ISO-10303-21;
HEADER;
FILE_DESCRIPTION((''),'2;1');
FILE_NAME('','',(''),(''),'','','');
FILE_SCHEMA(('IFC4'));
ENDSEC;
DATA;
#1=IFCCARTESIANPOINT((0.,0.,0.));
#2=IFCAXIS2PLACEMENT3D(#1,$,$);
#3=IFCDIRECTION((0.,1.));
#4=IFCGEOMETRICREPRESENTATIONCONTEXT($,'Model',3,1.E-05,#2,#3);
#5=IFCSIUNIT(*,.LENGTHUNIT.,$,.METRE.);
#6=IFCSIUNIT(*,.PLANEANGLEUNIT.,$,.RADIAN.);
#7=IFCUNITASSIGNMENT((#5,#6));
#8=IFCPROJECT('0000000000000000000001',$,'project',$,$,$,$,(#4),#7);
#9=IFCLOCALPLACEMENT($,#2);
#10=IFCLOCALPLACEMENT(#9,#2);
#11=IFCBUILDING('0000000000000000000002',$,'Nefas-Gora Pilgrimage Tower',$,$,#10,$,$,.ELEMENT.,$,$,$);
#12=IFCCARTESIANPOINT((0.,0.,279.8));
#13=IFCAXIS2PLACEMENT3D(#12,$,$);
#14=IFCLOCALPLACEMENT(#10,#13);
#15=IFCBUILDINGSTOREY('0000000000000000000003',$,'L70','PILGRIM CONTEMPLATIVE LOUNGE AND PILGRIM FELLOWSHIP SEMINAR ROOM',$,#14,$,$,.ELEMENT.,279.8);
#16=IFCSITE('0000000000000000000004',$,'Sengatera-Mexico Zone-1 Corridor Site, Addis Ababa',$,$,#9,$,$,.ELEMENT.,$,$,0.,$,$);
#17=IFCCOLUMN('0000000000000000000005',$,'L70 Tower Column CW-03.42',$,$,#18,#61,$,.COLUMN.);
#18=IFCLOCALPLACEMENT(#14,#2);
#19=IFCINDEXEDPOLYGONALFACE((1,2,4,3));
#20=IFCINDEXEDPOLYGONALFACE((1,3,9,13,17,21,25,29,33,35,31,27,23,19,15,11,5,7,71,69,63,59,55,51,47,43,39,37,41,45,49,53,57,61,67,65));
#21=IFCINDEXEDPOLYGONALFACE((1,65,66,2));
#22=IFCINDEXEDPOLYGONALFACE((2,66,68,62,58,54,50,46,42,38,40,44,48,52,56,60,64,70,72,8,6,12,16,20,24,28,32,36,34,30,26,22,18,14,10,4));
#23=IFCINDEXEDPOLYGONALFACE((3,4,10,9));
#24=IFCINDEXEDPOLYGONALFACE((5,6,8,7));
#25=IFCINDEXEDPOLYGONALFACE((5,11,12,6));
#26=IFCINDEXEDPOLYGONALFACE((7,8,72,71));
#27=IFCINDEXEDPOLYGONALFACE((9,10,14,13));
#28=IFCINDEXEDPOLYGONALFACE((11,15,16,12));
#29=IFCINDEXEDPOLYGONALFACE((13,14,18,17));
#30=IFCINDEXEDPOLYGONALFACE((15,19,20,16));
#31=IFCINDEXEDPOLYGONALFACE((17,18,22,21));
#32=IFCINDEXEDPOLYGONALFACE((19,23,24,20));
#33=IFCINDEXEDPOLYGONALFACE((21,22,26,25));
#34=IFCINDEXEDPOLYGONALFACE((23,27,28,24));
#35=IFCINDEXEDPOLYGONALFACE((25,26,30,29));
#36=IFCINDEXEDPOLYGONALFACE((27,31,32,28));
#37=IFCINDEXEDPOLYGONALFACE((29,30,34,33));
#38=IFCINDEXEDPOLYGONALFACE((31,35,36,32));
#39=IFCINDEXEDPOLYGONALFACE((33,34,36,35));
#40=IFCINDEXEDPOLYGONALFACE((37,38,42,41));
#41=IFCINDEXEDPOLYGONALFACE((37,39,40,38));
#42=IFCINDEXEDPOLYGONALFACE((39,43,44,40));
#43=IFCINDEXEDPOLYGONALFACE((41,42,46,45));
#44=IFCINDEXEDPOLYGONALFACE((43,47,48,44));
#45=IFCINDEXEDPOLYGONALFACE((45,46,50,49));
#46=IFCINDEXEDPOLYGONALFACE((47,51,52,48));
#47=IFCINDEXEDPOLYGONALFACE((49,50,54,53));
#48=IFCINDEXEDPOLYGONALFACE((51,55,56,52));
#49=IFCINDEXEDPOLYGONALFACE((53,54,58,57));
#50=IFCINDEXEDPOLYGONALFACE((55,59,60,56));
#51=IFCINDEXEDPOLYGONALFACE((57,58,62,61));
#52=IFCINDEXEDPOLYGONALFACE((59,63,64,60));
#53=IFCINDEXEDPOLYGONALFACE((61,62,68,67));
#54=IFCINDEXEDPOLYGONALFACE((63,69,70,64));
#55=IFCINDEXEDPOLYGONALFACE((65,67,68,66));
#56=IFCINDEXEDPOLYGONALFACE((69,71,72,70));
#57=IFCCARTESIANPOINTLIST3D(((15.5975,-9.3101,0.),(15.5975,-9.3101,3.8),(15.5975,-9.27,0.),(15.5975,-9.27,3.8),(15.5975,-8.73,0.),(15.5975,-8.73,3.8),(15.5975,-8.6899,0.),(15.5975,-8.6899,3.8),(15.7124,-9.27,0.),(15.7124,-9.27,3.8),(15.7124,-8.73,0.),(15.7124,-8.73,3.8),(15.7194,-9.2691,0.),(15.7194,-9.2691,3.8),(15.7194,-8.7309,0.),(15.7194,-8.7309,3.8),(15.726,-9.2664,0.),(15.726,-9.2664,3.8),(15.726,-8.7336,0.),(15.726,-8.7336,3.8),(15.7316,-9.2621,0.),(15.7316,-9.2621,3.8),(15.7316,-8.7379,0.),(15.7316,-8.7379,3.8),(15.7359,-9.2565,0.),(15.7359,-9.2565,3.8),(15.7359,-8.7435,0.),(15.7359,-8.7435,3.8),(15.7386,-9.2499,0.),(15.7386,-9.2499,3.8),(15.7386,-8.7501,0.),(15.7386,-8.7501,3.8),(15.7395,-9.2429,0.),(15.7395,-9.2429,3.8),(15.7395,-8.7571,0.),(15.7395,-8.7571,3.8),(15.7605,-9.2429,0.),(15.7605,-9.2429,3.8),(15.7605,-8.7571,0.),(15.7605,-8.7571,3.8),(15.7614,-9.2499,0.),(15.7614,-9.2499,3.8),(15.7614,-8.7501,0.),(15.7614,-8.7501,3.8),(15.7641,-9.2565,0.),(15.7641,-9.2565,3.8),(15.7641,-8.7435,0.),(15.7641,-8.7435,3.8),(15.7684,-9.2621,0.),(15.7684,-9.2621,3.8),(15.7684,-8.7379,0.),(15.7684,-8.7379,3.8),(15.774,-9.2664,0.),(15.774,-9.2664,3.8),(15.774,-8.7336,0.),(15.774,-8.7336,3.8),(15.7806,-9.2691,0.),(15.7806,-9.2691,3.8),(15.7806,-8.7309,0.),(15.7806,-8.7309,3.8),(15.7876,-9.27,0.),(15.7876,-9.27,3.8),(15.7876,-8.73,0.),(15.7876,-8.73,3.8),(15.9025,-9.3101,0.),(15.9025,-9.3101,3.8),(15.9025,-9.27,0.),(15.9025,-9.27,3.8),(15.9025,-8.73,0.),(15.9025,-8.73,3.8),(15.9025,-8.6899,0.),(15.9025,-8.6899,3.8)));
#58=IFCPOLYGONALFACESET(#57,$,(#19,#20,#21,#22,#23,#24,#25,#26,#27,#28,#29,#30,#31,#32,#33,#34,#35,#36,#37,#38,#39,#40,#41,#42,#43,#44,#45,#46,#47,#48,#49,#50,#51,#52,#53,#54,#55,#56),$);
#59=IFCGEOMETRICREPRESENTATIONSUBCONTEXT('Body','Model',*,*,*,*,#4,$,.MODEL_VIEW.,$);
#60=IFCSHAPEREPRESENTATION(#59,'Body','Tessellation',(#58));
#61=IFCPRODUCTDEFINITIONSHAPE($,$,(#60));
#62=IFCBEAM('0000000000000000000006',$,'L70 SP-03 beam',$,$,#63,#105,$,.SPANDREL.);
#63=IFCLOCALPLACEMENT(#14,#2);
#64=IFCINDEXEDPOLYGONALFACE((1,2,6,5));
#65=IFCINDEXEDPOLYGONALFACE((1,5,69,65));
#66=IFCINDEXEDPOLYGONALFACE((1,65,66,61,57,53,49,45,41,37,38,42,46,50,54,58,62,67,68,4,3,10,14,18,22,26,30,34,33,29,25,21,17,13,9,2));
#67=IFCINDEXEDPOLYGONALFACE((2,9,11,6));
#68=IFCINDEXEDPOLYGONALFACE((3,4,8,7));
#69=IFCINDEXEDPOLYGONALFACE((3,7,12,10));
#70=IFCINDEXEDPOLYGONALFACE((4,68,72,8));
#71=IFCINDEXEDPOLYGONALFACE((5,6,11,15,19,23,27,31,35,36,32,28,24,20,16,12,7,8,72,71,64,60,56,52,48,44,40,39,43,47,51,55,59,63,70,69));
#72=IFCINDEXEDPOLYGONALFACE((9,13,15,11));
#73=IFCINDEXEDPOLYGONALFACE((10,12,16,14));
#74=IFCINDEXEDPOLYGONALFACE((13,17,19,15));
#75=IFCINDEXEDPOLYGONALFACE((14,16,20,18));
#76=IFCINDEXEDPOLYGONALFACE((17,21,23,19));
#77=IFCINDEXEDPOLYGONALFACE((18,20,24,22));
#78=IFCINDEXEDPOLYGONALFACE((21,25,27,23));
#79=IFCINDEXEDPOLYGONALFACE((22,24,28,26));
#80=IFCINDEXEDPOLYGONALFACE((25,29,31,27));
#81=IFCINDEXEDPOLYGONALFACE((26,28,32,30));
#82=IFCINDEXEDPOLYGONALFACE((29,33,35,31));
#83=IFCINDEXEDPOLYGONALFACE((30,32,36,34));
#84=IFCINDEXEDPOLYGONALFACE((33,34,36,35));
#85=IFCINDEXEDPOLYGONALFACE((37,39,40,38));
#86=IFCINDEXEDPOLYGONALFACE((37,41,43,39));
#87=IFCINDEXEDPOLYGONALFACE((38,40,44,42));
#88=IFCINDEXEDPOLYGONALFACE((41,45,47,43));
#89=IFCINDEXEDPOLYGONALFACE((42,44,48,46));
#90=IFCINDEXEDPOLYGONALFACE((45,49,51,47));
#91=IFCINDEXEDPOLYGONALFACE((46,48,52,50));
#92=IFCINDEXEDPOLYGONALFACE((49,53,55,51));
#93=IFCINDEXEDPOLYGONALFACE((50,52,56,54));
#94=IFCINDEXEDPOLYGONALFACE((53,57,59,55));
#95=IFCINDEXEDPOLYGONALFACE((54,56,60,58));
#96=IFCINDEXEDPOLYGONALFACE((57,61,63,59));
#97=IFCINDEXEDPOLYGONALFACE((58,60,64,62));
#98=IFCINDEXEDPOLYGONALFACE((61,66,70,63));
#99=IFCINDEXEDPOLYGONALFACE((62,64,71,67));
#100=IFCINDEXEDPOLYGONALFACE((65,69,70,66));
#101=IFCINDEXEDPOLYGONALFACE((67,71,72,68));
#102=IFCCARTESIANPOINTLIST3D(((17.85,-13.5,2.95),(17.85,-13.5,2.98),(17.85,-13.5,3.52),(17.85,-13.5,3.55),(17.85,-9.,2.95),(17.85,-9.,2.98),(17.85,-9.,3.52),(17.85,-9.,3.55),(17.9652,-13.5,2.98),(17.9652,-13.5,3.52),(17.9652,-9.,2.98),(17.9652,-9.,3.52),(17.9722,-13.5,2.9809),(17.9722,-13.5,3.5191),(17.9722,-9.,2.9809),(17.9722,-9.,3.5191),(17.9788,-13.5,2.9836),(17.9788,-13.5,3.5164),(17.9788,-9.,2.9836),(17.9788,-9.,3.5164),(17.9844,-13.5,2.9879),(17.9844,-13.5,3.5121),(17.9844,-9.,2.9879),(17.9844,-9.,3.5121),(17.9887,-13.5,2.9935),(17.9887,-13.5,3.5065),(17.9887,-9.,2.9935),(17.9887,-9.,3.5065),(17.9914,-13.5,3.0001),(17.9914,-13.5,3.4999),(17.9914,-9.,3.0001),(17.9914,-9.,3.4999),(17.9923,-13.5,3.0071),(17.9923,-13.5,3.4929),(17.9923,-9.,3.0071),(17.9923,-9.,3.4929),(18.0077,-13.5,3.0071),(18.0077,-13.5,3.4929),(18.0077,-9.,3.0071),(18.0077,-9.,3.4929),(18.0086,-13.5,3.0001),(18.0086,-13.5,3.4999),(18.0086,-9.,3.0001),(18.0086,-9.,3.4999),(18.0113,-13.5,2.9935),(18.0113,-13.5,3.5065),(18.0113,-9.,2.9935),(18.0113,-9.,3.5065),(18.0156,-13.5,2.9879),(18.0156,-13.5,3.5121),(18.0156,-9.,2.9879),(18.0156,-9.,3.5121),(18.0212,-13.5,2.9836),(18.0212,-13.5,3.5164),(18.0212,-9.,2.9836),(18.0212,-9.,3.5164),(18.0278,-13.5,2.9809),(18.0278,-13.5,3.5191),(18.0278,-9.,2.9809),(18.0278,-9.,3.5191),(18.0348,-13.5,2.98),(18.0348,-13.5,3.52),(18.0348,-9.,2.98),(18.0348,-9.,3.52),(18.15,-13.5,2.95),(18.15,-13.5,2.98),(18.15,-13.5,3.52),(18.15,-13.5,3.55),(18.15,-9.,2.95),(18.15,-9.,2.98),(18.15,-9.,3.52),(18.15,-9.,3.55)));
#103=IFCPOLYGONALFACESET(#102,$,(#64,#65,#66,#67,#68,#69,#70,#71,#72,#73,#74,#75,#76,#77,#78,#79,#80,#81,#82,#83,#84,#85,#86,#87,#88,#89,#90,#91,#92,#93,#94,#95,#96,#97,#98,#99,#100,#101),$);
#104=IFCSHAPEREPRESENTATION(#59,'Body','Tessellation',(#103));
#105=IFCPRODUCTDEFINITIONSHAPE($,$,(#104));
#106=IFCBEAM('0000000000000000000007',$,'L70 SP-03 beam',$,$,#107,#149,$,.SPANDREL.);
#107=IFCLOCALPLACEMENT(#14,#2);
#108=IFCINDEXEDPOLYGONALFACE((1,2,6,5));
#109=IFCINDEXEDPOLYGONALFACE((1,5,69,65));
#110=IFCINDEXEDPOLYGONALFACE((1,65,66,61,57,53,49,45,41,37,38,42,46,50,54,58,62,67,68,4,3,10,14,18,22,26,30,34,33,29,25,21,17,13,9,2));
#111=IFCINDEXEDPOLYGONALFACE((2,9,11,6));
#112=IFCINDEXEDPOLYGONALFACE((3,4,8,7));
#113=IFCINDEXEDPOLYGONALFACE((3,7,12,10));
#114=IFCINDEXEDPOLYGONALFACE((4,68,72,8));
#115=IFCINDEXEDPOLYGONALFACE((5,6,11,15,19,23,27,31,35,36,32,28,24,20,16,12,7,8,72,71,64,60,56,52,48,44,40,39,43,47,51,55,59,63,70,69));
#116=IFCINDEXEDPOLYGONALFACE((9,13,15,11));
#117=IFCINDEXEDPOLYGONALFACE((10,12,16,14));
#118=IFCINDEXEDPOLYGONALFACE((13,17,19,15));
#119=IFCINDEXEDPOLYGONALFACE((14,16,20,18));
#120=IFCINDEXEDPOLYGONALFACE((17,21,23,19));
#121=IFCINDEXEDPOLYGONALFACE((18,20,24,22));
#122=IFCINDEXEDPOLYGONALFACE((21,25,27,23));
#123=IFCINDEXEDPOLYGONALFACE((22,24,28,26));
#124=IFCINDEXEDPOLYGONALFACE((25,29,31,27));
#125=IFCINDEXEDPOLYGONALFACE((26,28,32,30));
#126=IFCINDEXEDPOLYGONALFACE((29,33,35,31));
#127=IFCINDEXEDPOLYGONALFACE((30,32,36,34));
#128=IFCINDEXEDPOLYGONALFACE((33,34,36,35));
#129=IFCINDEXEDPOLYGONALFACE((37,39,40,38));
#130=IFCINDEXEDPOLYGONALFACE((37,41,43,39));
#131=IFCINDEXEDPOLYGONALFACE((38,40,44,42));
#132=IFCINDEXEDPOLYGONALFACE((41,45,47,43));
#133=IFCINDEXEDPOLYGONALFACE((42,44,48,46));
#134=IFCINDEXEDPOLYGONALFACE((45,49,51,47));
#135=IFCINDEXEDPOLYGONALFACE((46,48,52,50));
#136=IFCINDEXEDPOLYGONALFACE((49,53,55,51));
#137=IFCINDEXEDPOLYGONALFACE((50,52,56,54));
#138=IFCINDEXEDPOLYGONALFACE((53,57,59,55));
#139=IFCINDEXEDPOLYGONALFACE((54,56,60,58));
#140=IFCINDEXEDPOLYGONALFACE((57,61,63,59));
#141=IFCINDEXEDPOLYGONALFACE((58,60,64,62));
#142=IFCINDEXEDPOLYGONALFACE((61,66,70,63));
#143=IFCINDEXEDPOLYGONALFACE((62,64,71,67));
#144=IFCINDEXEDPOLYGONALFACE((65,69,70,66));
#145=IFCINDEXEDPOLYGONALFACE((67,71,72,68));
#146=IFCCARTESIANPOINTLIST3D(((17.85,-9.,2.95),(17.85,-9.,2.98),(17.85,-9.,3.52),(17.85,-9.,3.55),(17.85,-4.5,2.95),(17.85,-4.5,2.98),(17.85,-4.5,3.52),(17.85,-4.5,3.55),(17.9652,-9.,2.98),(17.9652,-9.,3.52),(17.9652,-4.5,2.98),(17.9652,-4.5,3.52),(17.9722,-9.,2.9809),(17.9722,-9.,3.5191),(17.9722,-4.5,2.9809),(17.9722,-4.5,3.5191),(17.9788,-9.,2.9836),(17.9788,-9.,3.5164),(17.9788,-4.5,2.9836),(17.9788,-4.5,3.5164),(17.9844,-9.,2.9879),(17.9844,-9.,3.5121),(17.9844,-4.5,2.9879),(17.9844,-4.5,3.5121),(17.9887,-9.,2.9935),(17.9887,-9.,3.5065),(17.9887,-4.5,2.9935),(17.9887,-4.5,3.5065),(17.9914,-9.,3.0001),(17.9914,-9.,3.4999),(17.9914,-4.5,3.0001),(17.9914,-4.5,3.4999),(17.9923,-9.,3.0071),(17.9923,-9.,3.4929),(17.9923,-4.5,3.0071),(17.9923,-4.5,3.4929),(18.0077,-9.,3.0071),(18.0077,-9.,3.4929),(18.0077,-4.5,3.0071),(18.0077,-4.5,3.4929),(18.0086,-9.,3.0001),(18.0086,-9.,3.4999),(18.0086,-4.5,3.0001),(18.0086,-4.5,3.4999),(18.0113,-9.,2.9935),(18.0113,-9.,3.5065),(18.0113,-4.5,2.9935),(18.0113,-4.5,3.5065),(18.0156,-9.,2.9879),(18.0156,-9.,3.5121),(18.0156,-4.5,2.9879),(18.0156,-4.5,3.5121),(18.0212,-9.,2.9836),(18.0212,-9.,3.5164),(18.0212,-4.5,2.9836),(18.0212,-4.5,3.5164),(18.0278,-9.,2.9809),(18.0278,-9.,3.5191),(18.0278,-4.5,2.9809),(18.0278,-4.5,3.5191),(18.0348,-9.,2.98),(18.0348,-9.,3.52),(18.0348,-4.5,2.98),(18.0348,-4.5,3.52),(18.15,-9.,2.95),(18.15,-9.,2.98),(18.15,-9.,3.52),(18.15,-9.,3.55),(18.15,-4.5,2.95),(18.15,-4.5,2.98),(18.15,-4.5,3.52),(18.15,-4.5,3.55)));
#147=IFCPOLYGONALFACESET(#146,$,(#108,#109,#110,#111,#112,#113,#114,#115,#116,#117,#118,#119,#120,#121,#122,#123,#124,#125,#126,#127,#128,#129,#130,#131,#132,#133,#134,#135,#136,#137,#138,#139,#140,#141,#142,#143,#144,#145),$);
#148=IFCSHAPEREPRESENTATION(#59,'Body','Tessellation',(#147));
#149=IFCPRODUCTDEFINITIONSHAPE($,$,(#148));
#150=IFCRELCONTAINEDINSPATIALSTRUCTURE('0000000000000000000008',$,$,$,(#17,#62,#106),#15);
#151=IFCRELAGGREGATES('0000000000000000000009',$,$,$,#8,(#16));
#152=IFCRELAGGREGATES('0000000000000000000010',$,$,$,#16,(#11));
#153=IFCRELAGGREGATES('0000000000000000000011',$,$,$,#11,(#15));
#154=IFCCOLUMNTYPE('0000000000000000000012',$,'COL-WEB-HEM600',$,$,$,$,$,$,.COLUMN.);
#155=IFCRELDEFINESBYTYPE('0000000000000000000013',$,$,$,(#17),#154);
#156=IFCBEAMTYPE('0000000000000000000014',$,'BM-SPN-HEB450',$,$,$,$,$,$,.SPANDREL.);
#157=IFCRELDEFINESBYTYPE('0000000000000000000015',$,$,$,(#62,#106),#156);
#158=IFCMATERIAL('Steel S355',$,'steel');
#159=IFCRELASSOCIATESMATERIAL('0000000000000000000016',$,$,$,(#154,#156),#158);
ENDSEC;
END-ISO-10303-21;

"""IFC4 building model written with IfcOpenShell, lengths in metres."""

from ifc_helpers import new_model, si_unit, direction, frame, origin, origin_2d, place, context, subcontext, project, spatial, i_section, extrude, source, transform, mapped, material, material_profile, profile_set, type_object, element, save


model = new_model("IFC4")

# Units and contexts
model_context = context("Model", 3, precision=1e-05, world=origin(), true_north=direction((0.0, 1.0)))
body_context = subcontext(model_context, "Body", "Model", "MODEL_VIEW")
ifc_project = project(units=[si_unit("LENGTHUNIT", "METRE"), si_unit("PLANEANGLEUNIT", "RADIAN")], contexts=[model_context])

# Site, building, storey
site_placement = place(None, origin())
site = spatial("IfcSite", under=ifc_project, at=site_placement, Name="Sengatera-Mexico Zone-1 Corridor Site, Addis Ababa", CompositionType="ELEMENT", RefElevation=0.0)
building_placement = place(site_placement, origin())
building = spatial("IfcBuilding", under=site, at=building_placement, Name="Nefas-Gora Pilgrimage Tower", CompositionType="ELEMENT")
storey_placement = place(building_placement, frame((0.0, 0.0, 279.8)))
storey = spatial("IfcBuildingStorey", under=building, at=storey_placement, Name="L70", Description="PILGRIM CONTEMPLATIVE LOUNGE AND PILGRIM FELLOWSHIP SEMINAR ROOM", CompositionType="ELEMENT", Elevation=279.8)

# Column
ifc_material_1 = material(Name="Steel S355", Category="steel")
ifc_material_profile_1 = material_profile(ifc_material_1, i_section(OverallWidth=0.3049, OverallDepth=0.6201, WebThickness=0.021, FlangeThickness=0.04, FilletRadius=0.0271, at=origin_2d()), Name="HEM 600")
ifc_profile_set_1 = profile_set([ifc_material_profile_1], Name="Steel S355")
column_type_1 = type_object("IfcColumnType", Name="COL-WEB-HEM600", PredefinedType="COLUMN", material=ifc_profile_set_1)
shared_shape_1 = source(origin(), body_context, "Body", "SweptSolid", [
    extrude(i_section(OverallWidth=0.3049, OverallDepth=0.6201, WebThickness=0.021, FlangeThickness=0.04, FilletRadius=0.0271, at=origin_2d()), origin(), (0.0, 0.0, 1.0), 3.8),
])
for number, where, z_axis, x_axis, name in (
    (1, (15.75, -9.0, 0.0), (0.0, 0.0, 1.0), (1.0, 0.0, 0.0), "L70 Tower Column CW-03.42"),
):
    element("IfcColumn", number, at=place(storey_placement, frame(where, z_axis=z_axis, x_axis=x_axis)), inside=storey, type_object=column_type_1, Name=name, PredefinedType="COLUMN", context=body_context, shape_type="MappedRepresentation", body=[
        mapped(shared_shape_1, transform((0.0, 0.0, 0.0), x_axis=(1.0, 0.0, 0.0), y_axis=(0.0, 1.0, 0.0), z_axis=(0.0, 0.0, 1.0), scale=1.0)),
    ])

# Beams
ifc_material_profile_2 = material_profile(ifc_material_1, i_section(OverallWidth=0.3, OverallDepth=0.6001, WebThickness=0.0154, FlangeThickness=0.03, FilletRadius=0.0271, at=origin_2d()), Name="HEB 600")
ifc_profile_set_2 = profile_set([ifc_material_profile_2], Name="Steel S355")
beam_type_1 = type_object("IfcBeamType", Name="BM-SPN-HEB450", PredefinedType="SPANDREL", material=ifc_profile_set_2)
shared_shape_2 = source(origin(), body_context, "Body", "SweptSolid", [
    extrude(i_section(OverallWidth=0.3, OverallDepth=0.6001, WebThickness=0.0154, FlangeThickness=0.03, FilletRadius=0.0271, at=origin_2d()), origin(), (0.0, 0.0, 1.0), 4.5),
])
for number, where, z_axis, x_axis, name in (
    (2, (18.0, -13.5, 3.25), (0.0, 1.0, 0.0), (-1.0, 0.0, 0.0), "L70 SP-03 beam"),
    (3, (18.0, -9.0, 3.25), (0.0, 1.0, 0.0), (-1.0, 0.0, 0.0), "L70 SP-03 beam"),
):
    element("IfcBeam", number, at=place(storey_placement, frame(where, z_axis=z_axis, x_axis=x_axis)), inside=storey, type_object=beam_type_1, Name=name, PredefinedType="SPANDREL", context=body_context, shape_type="MappedRepresentation", body=[
        mapped(shared_shape_2, transform((0.0, 0.0, 0.0), x_axis=(1.0, 0.0, 0.0), y_axis=(0.0, 1.0, 0.0), z_axis=(0.0, 0.0, 1.0), scale=1.0)),
    ])

save(model, "model.ifc")
